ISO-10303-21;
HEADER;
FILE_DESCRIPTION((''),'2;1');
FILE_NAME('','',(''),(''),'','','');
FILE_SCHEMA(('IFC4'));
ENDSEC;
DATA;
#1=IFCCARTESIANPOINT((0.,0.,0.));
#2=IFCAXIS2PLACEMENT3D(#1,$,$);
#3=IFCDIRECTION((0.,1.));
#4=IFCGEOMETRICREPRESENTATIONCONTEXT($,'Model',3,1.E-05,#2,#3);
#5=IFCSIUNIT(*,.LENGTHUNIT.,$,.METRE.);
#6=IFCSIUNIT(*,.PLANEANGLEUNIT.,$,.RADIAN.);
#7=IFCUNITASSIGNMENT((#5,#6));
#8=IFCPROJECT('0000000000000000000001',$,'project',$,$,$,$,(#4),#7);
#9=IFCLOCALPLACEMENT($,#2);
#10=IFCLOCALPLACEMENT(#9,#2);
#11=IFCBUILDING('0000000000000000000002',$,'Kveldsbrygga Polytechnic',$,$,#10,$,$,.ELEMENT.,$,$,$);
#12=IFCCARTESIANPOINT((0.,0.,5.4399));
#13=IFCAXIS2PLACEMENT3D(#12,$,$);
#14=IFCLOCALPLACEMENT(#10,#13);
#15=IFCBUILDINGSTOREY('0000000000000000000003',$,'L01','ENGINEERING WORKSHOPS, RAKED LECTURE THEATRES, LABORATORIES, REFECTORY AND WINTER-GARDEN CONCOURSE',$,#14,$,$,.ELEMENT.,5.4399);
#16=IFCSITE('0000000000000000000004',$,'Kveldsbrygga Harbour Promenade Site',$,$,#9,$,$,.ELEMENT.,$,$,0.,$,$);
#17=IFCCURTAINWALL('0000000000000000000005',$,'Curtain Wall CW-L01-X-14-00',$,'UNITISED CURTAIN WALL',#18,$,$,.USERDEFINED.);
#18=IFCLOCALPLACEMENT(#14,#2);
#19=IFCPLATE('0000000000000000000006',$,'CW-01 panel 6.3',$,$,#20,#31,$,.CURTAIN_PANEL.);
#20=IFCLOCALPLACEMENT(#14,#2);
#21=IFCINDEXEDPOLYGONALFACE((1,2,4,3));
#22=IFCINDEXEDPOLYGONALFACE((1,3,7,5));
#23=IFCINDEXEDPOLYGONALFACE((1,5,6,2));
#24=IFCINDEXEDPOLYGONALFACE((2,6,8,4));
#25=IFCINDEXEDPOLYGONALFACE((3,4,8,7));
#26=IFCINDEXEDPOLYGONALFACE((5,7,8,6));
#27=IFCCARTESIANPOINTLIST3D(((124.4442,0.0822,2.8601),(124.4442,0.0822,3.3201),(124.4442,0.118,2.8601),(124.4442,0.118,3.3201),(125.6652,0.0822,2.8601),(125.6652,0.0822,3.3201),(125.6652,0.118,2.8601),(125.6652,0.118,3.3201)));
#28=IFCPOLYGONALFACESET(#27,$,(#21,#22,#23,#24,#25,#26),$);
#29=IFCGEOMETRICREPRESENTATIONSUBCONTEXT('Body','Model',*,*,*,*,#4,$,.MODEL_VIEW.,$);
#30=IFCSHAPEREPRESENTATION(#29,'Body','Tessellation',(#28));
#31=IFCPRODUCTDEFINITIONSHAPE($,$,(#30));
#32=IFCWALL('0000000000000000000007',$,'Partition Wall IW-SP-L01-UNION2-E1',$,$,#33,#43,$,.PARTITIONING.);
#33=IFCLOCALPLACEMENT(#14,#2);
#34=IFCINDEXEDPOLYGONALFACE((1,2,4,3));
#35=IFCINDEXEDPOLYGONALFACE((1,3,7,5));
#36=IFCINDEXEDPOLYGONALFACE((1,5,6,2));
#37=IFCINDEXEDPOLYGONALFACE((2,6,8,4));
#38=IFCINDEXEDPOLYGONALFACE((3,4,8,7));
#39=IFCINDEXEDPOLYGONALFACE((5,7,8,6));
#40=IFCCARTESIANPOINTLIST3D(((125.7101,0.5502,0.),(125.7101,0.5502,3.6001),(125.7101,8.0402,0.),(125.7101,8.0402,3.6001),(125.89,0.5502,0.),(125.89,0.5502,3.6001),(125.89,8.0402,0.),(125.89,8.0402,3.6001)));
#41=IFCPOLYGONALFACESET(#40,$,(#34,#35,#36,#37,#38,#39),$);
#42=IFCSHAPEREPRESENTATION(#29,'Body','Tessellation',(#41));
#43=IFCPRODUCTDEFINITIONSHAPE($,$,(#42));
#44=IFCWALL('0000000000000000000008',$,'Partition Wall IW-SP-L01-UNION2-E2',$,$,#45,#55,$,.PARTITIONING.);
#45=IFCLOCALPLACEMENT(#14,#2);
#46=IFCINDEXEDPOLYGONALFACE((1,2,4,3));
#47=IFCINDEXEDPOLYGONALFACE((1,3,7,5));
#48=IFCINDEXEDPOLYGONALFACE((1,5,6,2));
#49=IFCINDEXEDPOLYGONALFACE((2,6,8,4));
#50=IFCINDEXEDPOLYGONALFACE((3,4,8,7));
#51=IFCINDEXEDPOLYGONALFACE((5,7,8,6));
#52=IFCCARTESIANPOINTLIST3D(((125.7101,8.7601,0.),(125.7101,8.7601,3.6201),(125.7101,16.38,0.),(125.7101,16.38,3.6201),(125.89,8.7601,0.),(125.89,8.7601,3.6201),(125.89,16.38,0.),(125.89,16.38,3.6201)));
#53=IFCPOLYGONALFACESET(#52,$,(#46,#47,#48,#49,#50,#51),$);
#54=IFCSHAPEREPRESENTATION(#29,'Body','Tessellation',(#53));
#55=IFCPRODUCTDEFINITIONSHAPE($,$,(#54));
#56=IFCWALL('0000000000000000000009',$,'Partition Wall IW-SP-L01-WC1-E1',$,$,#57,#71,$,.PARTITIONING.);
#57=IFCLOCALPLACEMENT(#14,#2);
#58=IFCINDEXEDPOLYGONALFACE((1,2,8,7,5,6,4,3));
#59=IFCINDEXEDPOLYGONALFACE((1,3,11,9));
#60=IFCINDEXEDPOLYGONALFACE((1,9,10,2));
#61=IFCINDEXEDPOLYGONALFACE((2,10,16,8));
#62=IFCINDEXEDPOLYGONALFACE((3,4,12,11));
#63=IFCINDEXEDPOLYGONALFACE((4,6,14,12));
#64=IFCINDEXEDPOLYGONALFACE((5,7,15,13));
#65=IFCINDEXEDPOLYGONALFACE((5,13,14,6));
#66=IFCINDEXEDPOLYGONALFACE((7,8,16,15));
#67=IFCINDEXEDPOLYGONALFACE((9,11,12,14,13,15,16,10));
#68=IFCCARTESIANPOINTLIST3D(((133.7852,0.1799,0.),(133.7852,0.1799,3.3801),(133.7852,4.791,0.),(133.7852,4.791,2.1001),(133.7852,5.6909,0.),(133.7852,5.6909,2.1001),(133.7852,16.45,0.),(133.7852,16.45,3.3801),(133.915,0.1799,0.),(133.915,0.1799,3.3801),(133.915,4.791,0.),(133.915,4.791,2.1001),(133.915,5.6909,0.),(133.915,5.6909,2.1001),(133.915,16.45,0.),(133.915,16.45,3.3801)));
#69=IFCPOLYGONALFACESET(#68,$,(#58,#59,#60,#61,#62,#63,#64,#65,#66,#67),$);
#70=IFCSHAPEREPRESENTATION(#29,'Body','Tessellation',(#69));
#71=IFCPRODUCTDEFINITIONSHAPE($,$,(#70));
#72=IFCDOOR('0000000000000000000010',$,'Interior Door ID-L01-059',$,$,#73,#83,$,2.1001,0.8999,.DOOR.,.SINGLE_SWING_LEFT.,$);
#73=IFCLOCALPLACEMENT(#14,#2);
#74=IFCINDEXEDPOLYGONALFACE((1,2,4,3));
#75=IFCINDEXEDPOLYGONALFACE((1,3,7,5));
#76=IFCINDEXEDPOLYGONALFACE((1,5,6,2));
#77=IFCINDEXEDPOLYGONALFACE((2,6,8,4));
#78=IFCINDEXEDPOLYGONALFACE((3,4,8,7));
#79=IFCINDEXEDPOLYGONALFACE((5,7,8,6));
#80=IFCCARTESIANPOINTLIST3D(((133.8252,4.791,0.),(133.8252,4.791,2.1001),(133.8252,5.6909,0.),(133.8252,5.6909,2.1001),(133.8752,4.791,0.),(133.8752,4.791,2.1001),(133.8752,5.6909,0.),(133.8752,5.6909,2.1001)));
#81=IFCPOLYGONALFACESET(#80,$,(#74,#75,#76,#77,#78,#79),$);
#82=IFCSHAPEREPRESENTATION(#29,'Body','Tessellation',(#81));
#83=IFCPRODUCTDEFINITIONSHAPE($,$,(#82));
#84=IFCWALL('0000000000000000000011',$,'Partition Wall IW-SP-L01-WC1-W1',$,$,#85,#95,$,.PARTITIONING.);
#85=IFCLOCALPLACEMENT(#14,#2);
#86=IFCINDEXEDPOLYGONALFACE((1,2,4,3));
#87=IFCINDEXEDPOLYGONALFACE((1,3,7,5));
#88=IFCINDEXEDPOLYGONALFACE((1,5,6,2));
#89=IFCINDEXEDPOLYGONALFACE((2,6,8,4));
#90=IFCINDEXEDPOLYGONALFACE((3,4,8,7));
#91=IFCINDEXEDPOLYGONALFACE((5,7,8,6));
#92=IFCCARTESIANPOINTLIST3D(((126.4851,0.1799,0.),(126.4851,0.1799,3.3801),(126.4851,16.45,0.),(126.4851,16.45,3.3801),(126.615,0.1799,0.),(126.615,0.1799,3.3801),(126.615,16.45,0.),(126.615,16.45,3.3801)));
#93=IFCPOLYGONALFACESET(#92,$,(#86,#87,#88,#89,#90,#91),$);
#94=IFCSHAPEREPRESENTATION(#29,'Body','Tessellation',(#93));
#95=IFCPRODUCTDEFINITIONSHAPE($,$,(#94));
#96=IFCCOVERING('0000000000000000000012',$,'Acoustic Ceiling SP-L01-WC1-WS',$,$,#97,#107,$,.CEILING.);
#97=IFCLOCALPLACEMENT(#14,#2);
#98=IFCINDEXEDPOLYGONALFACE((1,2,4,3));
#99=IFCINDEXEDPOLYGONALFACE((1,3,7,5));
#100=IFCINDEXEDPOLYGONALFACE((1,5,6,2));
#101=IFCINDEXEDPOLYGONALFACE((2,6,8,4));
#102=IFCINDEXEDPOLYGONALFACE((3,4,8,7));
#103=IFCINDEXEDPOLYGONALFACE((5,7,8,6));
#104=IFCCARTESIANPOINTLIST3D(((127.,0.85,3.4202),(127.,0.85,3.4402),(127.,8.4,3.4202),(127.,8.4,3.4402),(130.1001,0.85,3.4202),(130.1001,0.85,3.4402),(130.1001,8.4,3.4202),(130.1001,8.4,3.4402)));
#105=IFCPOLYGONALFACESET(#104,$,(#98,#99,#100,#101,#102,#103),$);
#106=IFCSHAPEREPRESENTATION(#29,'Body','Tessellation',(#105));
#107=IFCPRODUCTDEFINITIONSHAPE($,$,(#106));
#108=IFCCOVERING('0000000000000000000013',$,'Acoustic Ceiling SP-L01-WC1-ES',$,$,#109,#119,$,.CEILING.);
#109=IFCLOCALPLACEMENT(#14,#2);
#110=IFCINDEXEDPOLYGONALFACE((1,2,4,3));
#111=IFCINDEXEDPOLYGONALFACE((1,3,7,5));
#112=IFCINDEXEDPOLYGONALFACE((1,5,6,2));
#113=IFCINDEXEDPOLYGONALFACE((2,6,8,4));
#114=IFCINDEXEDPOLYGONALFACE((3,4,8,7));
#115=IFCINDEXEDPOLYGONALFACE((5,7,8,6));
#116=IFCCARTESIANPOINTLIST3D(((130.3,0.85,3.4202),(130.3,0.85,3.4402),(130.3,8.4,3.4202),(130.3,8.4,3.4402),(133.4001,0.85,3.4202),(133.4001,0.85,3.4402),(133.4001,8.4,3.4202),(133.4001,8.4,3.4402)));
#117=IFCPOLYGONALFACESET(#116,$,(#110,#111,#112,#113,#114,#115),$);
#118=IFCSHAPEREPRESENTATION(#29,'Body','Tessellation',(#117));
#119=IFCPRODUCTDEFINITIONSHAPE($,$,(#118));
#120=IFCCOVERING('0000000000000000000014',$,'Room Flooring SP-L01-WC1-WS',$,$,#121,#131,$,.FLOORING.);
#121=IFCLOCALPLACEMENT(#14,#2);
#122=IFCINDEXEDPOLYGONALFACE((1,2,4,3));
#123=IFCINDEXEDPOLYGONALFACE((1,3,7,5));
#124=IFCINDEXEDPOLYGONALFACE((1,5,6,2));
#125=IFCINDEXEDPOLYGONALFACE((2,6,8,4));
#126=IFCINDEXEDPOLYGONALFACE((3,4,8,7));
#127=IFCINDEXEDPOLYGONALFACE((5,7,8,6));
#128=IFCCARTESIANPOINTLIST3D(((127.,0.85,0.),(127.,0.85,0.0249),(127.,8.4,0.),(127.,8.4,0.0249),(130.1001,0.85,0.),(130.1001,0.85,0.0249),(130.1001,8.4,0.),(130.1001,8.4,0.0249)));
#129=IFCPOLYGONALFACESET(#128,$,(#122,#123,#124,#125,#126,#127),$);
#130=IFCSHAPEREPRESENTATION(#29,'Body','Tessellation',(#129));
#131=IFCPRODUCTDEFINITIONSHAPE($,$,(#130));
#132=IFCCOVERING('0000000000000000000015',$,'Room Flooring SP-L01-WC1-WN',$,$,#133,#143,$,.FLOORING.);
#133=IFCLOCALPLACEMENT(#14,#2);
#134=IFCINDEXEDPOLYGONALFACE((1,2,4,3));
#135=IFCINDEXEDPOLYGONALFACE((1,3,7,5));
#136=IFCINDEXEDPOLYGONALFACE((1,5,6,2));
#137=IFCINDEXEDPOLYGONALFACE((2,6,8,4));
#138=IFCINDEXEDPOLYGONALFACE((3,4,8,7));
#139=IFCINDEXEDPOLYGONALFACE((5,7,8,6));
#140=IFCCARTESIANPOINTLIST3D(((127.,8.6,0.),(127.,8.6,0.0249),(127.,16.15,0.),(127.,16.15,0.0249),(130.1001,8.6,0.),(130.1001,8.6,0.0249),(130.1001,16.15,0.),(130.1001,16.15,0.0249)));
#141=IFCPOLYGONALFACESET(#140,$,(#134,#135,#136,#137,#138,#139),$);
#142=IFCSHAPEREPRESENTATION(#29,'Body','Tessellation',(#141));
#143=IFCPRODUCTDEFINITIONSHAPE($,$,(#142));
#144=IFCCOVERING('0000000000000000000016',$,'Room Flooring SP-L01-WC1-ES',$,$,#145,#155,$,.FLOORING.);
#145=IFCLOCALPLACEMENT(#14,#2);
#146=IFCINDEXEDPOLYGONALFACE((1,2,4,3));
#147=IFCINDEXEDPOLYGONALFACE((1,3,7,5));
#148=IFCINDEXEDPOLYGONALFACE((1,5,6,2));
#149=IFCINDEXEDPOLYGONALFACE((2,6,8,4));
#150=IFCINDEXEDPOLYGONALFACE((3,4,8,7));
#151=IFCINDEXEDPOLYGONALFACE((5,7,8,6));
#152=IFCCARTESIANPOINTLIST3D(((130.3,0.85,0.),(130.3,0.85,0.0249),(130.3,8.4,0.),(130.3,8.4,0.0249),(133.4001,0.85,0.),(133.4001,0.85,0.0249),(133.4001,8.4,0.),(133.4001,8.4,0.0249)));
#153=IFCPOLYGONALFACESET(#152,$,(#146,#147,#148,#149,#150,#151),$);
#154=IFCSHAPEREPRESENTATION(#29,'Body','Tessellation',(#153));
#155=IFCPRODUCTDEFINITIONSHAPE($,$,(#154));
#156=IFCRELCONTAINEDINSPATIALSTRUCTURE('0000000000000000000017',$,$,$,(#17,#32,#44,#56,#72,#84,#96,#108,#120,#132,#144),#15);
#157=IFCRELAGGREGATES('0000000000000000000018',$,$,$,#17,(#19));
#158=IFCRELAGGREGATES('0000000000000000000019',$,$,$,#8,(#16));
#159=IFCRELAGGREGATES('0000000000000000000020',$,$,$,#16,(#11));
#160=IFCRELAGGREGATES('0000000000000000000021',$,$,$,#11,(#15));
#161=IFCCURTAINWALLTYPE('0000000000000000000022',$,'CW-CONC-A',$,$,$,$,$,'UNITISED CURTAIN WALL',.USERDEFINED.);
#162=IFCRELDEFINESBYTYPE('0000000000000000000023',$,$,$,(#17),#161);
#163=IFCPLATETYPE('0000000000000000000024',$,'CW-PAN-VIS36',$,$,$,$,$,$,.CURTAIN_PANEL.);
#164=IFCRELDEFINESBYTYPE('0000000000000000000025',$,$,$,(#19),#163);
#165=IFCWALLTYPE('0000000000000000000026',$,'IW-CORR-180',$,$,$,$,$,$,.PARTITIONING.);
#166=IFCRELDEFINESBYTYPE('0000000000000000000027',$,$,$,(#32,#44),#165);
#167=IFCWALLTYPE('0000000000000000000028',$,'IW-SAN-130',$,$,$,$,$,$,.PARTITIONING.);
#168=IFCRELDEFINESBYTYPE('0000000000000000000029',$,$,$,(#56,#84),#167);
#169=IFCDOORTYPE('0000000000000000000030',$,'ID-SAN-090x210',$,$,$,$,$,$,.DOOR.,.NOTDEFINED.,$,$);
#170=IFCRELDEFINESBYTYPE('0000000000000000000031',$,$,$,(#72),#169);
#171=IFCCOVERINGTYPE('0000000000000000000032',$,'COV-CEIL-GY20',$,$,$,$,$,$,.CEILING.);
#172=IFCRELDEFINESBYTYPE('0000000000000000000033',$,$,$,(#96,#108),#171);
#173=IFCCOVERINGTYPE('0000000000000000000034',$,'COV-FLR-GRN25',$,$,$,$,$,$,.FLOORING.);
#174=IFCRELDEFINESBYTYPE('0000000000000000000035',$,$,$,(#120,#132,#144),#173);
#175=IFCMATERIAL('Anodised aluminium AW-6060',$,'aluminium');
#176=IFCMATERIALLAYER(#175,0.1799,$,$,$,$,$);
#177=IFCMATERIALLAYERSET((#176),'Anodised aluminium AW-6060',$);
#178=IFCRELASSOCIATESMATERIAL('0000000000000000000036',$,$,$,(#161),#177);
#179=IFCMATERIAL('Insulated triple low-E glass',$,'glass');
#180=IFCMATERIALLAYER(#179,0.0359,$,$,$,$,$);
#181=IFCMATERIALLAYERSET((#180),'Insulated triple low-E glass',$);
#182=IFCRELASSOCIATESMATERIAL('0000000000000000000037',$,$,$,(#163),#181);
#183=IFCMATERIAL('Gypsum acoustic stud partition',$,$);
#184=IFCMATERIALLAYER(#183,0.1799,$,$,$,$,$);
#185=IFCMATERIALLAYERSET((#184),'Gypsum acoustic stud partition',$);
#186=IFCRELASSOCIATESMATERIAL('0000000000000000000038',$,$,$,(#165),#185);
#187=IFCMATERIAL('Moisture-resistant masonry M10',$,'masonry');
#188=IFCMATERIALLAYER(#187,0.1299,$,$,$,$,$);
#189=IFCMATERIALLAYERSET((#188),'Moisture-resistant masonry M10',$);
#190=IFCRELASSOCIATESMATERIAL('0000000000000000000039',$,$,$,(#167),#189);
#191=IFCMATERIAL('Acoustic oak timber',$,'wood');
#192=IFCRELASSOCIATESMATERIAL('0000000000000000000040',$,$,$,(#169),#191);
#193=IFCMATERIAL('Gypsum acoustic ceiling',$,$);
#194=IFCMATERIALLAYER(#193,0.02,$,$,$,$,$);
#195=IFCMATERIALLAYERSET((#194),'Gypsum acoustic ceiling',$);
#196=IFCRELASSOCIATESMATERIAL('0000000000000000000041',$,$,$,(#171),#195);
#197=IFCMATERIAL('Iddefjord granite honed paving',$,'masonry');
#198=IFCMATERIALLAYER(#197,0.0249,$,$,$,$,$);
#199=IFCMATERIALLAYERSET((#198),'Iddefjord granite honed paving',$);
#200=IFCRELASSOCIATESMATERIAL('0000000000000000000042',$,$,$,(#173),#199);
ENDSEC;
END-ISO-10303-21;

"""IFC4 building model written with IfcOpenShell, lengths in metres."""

from ifc_helpers import new_model, si_unit, direction, frame, frame_2d, origin, origin_2d, place, context, subcontext, project, spatial, rectangle, extrude, material, layer, layer_set, type_object, element, fill, aggregate, save


model = new_model("IFC4")

# Units and contexts
model_context = context("Model", 3, precision=1e-05, world=origin(), true_north=direction((0.0, 1.0)))
body_context = subcontext(model_context, "Body", "Model", "MODEL_VIEW")
ifc_project = project(units=[si_unit("LENGTHUNIT", "METRE"), si_unit("PLANEANGLEUNIT", "RADIAN")], contexts=[model_context])

# Site, building, storey
site_placement = place(None, origin())
site = spatial("IfcSite", under=ifc_project, at=site_placement, Name="Kveldsbrygga Harbour Promenade Site", CompositionType="ELEMENT", RefElevation=0.0)
building_placement = place(site_placement, origin())
building = spatial("IfcBuilding", under=site, at=building_placement, Name="Kveldsbrygga Polytechnic", CompositionType="ELEMENT")
storey_placement = place(building_placement, frame((0.0, 0.0, 5.4399)))
storey = spatial("IfcBuildingStorey", under=building, at=storey_placement, Name="L01", Description="ENGINEERING WORKSHOPS, RAKED LECTURE THEATRES, LABORATORIES, REFECTORY AND WINTER-GARDEN CONCOURSE", CompositionType="ELEMENT", Elevation=5.4399)

# Curtain wall
ifc_material_1 = material(Name="Anodised aluminium AW-6060", Category="aluminium")
ifc_layer_1 = layer(ifc_material_1, 0.1799)
ifc_layer_set_1 = layer_set([ifc_layer_1], Name="Anodised aluminium AW-6060")
curtain_wall_type = type_object("IfcCurtainWallType", Name="CW-CONC-A", ElementType="UNITISED CURTAIN WALL", PredefinedType="USERDEFINED", material=ifc_layer_set_1)
curtain_wall_placement = place(storey_placement, origin())
curtain_wall = element("IfcCurtainWall", 1, at=curtain_wall_placement, inside=storey, type_object=curtain_wall_type, Name="Curtain Wall CW-L01-X-14-00", ObjectType="UNITISED CURTAIN WALL", PredefinedType="USERDEFINED")

# Plate
ifc_material_2 = material(Name="Insulated triple low-E glass", Category="glass")
ifc_layer_2 = layer(ifc_material_2, 0.0359)
ifc_layer_set_2 = layer_set([ifc_layer_2], Name="Insulated triple low-E glass")
plate_type = type_object("IfcPlateType", Name="CW-PAN-VIS36", PredefinedType="CURTAIN_PANEL", material=ifc_layer_set_2)
plate_1_placement = place(storey_placement, frame((125.0547, 0.1001, 2.8601), z_axis=(0.0, 0.0, 1.0), x_axis=(1.0, 0.0, 0.0)))
plate_1 = element("IfcPlate", 2, at=plate_1_placement, type_object=plate_type, Name="CW-01 panel 6.3", PredefinedType="CURTAIN_PANEL", context=body_context, shape_type="SweptSolid", body=[
    extrude(rectangle(XDim=1.2209, YDim=0.0359, at=origin_2d()), origin(), (0.0, 0.0, 1.0), 0.46),
])
aggregate(curtain_wall, [plate_1])

# Walls
ifc_material_3 = material(Name="Gypsum acoustic stud partition")
ifc_layer_3 = layer(ifc_material_3, 0.1799)
ifc_layer_set_3 = layer_set([ifc_layer_3], Name="Gypsum acoustic stud partition")
wall_type_1 = type_object("IfcWallType", Name="IW-CORR-180", PredefinedType="PARTITIONING", material=ifc_layer_set_3)
wall_1_placement = place(storey_placement, frame((125.8, 0.55, 0.0), z_axis=(0.0, 0.0, 1.0), x_axis=(0.0, 1.0, 0.0)))
element("IfcWall", 3, at=wall_1_placement, inside=storey, type_object=wall_type_1, Name="Partition Wall IW-SP-L01-UNION2-E1", PredefinedType="PARTITIONING", context=body_context, shape_type="SweptSolid", body=[
    extrude(rectangle(XDim=7.49, YDim=0.1799, at=frame_2d((3.7451, 0.0))), origin(), (0.0, 0.0, 1.0), 3.6001),
])
wall_2_placement = place(storey_placement, frame((125.8, 8.76, 0.0), z_axis=(0.0, 0.0, 1.0), x_axis=(0.0, 1.0, 0.0)))
element("IfcWall", 4, at=wall_2_placement, inside=storey, type_object=wall_type_1, Name="Partition Wall IW-SP-L01-UNION2-E2", PredefinedType="PARTITIONING", context=body_context, shape_type="SweptSolid", body=[
    extrude(rectangle(XDim=7.6199, YDim=0.1799, at=frame_2d((3.8101, 0.0))), origin(), (0.0, 0.0, 1.0), 3.6201),
])

# Wall, opening, door
ifc_material_4 = material(Name="Moisture-resistant masonry M10", Category="masonry")
ifc_layer_4 = layer(ifc_material_4, 0.1299)
ifc_layer_set_4 = layer_set([ifc_layer_4], Name="Moisture-resistant masonry M10")
wall_type_2 = type_object("IfcWallType", Name="IW-SAN-130", PredefinedType="PARTITIONING", material=ifc_layer_set_4)
wall_3_placement = place(storey_placement, frame((133.8501, 0.1799, 0.0), z_axis=(0.0, 0.0, 1.0), x_axis=(0.0, 1.0, 0.0)))
wall_3 = element("IfcWall", 5, at=wall_3_placement, inside=storey, type_object=wall_type_2, Name="Partition Wall IW-SP-L01-WC1-E1", PredefinedType="PARTITIONING", context=body_context, shape_type="SweptSolid", body=[
    extrude(rectangle(XDim=16.27, YDim=0.1299, at=frame_2d((8.135, 0.0))), origin(), (0.0, 0.0, 1.0), 3.3801),
])
opening_placement = place(wall_3_placement, frame((4.6111, 0.0, 0.0)))
opening = element("IfcOpeningElement", 6, at=opening_placement, cuts=wall_3, PredefinedType="OPENING", context=body_context, shape_type="SweptSolid", body=[
    extrude(rectangle(XDim=0.8999, YDim=2.1001, at=frame_2d((0.45, 1.05))), frame((0.0, 0.075, 0.0), z_axis=(0.0, -1.0, 0.0), x_axis=(1.0, 0.0, 0.0)), (0.0, 0.0, 1.0), 0.1499),
])
ifc_material_5 = material(Name="Acoustic oak timber", Category="wood")
door_type = type_object("IfcDoorType", Name="ID-SAN-090x210", OperationType="NOTDEFINED", PredefinedType="DOOR", material=ifc_material_5)
door_placement = place(opening_placement, origin())
door = element("IfcDoor", 7, at=door_placement, inside=storey, type_object=door_type, Name="Interior Door ID-L01-059", OperationType="SINGLE_SWING_LEFT", OverallHeight=2.1001, OverallWidth=0.8999, PredefinedType="DOOR", context=body_context, shape_type="SweptSolid", body=[
    extrude(rectangle(XDim=0.8999, YDim=2.1001, at=frame_2d((0.45, 1.05))), frame((0.0, 0.0249, 0.0), z_axis=(0.0, -1.0, 0.0), x_axis=(1.0, 0.0, 0.0)), (0.0, 0.0, 1.0), 0.05),
])
fill(opening, door)

# Wall
wall_4_placement = place(storey_placement, frame((126.55, 0.1799, 0.0), z_axis=(0.0, 0.0, 1.0), x_axis=(0.0, 1.0, 0.0)))
element("IfcWall", 8, at=wall_4_placement, inside=storey, type_object=wall_type_2, Name="Partition Wall IW-SP-L01-WC1-W1", PredefinedType="PARTITIONING", context=body_context, shape_type="SweptSolid", body=[
    extrude(rectangle(XDim=16.27, YDim=0.1299, at=frame_2d((8.135, 0.0))), origin(), (0.0, 0.0, 1.0), 3.3801),
])

# Coverings
ifc_material_6 = material(Name="Gypsum acoustic ceiling")
ifc_layer_5 = layer(ifc_material_6, 0.02)
ifc_layer_set_5 = layer_set([ifc_layer_5], Name="Gypsum acoustic ceiling")
covering_type_1 = type_object("IfcCoveringType", Name="COV-CEIL-GY20", PredefinedType="CEILING", material=ifc_layer_set_5)
for number, where, z_axis, x_axis, name in (
    (9, (128.55, 4.625, 3.4202), (0.0, 0.0, 1.0), (1.0, 0.0, 0.0), "Acoustic Ceiling SP-L01-WC1-WS"),
    (10, (131.8501, 4.625, 3.4202), (0.0, 0.0, 1.0), (1.0, 0.0, 0.0), "Acoustic Ceiling SP-L01-WC1-ES"),
):
    element("IfcCovering", number, at=place(storey_placement, frame(where, z_axis=z_axis, x_axis=x_axis)), inside=storey, type_object=covering_type_1, Name=name, PredefinedType="CEILING", context=body_context, shape_type="SweptSolid", body=[
        extrude(rectangle(XDim=3.1001, YDim=7.55, at=origin_2d()), origin(), (0.0, 0.0, 1.0), 0.02),
    ])
ifc_material_7 = material(Name="Iddefjord granite honed paving", Category="masonry")
ifc_layer_6 = layer(ifc_material_7, 0.0249)
ifc_layer_set_6 = layer_set([ifc_layer_6], Name="Iddefjord granite honed paving")
covering_type_2 = type_object("IfcCoveringType", Name="COV-FLR-GRN25", PredefinedType="FLOORING", material=ifc_layer_set_6)
for number, where, z_axis, x_axis, name in (
    (11, (128.55, 4.625, 0.0), (0.0, 0.0, 1.0), (1.0, 0.0, 0.0), "Room Flooring SP-L01-WC1-WS"),
    (12, (128.55, 12.375, 0.0), (0.0, 0.0, 1.0), (1.0, 0.0, 0.0), "Room Flooring SP-L01-WC1-WN"),
    (13, (131.8501, 4.625, 0.0), (0.0, 0.0, 1.0), (1.0, 0.0, 0.0), "Room Flooring SP-L01-WC1-ES"),
):
    element("IfcCovering", number, at=place(storey_placement, frame(where, z_axis=z_axis, x_axis=x_axis)), inside=storey, type_object=covering_type_2, Name=name, PredefinedType="FLOORING", context=body_context, shape_type="SweptSolid", body=[
        extrude(rectangle(XDim=3.1001, YDim=7.55, at=origin_2d()), origin(), (0.0, 0.0, 1.0), 0.0249),
    ])

save(model, "model.ifc")
